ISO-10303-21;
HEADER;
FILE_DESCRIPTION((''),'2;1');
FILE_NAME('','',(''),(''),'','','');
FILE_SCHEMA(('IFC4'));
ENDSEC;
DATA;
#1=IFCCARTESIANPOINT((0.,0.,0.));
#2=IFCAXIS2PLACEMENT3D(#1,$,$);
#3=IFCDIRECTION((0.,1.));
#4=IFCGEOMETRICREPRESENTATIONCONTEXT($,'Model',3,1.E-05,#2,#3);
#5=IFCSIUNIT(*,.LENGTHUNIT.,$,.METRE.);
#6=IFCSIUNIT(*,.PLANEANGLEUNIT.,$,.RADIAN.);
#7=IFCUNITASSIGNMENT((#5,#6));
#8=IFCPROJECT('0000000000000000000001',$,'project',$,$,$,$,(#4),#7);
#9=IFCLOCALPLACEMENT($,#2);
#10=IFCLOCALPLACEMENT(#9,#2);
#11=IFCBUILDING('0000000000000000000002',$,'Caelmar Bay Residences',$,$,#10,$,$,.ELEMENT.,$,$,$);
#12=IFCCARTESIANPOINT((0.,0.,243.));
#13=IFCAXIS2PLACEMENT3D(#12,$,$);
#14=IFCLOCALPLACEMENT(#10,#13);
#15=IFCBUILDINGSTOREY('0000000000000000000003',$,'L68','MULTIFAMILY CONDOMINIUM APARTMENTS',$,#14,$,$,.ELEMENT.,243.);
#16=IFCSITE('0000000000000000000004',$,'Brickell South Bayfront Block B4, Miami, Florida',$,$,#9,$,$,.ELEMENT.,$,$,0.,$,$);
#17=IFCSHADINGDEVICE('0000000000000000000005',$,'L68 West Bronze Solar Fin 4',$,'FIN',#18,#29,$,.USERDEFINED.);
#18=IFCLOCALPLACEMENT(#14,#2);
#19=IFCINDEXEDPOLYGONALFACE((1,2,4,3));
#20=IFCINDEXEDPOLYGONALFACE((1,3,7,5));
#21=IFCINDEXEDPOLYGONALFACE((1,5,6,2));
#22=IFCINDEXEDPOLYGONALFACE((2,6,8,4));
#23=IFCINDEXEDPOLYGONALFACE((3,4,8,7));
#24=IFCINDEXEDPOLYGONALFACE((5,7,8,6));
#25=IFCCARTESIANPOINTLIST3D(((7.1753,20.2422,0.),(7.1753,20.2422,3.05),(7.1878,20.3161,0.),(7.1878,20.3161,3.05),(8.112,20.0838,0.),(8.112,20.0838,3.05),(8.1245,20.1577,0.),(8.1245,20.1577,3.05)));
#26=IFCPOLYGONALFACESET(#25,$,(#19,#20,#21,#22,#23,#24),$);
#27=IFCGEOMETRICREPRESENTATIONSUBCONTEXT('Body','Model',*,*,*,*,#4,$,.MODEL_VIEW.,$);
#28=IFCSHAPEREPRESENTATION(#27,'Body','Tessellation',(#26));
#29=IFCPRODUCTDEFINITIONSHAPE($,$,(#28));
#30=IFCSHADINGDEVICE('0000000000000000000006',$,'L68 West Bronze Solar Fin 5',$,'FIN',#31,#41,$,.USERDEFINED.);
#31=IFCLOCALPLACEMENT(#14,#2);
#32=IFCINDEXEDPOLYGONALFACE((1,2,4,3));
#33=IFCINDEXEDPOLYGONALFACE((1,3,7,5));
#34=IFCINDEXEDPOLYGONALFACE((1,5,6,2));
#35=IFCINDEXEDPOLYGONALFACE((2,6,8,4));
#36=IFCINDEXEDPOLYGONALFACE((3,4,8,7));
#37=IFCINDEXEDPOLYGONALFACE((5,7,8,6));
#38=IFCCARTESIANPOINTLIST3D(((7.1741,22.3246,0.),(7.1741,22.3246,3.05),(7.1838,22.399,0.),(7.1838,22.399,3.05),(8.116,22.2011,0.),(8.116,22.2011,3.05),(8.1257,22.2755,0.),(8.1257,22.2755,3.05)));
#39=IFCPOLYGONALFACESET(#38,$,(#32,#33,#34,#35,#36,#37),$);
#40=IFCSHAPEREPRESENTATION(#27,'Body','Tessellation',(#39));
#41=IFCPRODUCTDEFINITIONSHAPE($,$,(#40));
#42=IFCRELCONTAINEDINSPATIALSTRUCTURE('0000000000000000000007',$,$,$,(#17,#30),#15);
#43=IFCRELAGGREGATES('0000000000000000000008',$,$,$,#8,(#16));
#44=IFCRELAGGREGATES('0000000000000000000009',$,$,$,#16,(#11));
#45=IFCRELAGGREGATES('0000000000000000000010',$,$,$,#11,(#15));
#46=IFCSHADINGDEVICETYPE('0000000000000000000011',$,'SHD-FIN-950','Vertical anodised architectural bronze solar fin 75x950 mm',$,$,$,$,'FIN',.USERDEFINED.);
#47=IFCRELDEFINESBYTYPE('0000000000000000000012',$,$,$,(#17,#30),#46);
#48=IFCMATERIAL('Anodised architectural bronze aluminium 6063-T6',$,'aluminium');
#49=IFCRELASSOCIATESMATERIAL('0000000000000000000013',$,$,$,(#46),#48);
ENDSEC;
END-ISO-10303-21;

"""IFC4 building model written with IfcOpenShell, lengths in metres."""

from ifc_helpers import new_model, si_unit, direction, frame, origin, origin_2d, place, context, subcontext, project, spatial, rectangle, extrude, material, material_profile, profile_set, type_object, element, save


model = new_model("IFC4")

# Units and contexts
model_context = context("Model", 3, precision=1e-05, world=origin(), true_north=direction((0.0, 1.0)))
body_context = subcontext(model_context, "Body", "Model", "MODEL_VIEW")
ifc_project = project(units=[si_unit("LENGTHUNIT", "METRE"), si_unit("PLANEANGLEUNIT", "RADIAN")], contexts=[model_context])

# Site, building, storey
site_placement = place(None, origin())
site = spatial("IfcSite", under=ifc_project, at=site_placement, Name="Brickell South Bayfront Block B4, Miami, Florida", CompositionType="ELEMENT", RefElevation=0.0)
building_placement = place(site_placement, origin())
building = spatial("IfcBuilding", under=site, at=building_placement, Name="Caelmar Bay Residences", CompositionType="ELEMENT")
storey_placement = place(building_placement, frame((0.0, 0.0, 243.0)))
storey = spatial("IfcBuildingStorey", under=building, at=storey_placement, Name="L68", Description="MULTIFAMILY CONDOMINIUM APARTMENTS", CompositionType="ELEMENT", Elevation=243.0)

# Shading devices
ifc_material_1 = material(Name="Anodised architectural bronze aluminium 6063-T6", Category="aluminium")
ifc_material_profile_1 = material_profile(ifc_material_1, rectangle(XDim=0.075, YDim=0.95, at=origin_2d()), Name="BRONZE-FIN-75X950")
ifc_profile_set_1 = profile_set([ifc_material_profile_1], Name="Anodised architectural bronze aluminium 6063-T6")
shading_device_type = type_object("IfcShadingDeviceType", Name="SHD-FIN-950", Description="Vertical anodised architectural bronze solar fin 75x950 mm", ElementType="FIN", PredefinedType="USERDEFINED", material=ifc_profile_set_1)
for number, where, z_axis, x_axis, name in (
    (1, (7.6499, 20.2, 0.0), (0.0, 0.0, 1.0), (0.166769, 0.985996, 0.0), "L68 West Bronze Solar Fin 4"),
    (2, (7.6499, 22.3, 0.0), (0.0, 0.0, 1.0), (0.130007, 0.991513, 0.0), "L68 West Bronze Solar Fin 5"),
):
    element("IfcShadingDevice", number, at=place(storey_placement, frame(where, z_axis=z_axis, x_axis=x_axis)), inside=storey, type_object=shading_device_type, Name=name, ObjectType="FIN", PredefinedType="USERDEFINED", context=body_context, shape_type="SweptSolid", body=[
        extrude(rectangle(XDim=0.075, YDim=0.95, at=origin_2d()), origin(), (0.0, 0.0, 1.0), 3.05),
    ])

save(model, "model.ifc")
